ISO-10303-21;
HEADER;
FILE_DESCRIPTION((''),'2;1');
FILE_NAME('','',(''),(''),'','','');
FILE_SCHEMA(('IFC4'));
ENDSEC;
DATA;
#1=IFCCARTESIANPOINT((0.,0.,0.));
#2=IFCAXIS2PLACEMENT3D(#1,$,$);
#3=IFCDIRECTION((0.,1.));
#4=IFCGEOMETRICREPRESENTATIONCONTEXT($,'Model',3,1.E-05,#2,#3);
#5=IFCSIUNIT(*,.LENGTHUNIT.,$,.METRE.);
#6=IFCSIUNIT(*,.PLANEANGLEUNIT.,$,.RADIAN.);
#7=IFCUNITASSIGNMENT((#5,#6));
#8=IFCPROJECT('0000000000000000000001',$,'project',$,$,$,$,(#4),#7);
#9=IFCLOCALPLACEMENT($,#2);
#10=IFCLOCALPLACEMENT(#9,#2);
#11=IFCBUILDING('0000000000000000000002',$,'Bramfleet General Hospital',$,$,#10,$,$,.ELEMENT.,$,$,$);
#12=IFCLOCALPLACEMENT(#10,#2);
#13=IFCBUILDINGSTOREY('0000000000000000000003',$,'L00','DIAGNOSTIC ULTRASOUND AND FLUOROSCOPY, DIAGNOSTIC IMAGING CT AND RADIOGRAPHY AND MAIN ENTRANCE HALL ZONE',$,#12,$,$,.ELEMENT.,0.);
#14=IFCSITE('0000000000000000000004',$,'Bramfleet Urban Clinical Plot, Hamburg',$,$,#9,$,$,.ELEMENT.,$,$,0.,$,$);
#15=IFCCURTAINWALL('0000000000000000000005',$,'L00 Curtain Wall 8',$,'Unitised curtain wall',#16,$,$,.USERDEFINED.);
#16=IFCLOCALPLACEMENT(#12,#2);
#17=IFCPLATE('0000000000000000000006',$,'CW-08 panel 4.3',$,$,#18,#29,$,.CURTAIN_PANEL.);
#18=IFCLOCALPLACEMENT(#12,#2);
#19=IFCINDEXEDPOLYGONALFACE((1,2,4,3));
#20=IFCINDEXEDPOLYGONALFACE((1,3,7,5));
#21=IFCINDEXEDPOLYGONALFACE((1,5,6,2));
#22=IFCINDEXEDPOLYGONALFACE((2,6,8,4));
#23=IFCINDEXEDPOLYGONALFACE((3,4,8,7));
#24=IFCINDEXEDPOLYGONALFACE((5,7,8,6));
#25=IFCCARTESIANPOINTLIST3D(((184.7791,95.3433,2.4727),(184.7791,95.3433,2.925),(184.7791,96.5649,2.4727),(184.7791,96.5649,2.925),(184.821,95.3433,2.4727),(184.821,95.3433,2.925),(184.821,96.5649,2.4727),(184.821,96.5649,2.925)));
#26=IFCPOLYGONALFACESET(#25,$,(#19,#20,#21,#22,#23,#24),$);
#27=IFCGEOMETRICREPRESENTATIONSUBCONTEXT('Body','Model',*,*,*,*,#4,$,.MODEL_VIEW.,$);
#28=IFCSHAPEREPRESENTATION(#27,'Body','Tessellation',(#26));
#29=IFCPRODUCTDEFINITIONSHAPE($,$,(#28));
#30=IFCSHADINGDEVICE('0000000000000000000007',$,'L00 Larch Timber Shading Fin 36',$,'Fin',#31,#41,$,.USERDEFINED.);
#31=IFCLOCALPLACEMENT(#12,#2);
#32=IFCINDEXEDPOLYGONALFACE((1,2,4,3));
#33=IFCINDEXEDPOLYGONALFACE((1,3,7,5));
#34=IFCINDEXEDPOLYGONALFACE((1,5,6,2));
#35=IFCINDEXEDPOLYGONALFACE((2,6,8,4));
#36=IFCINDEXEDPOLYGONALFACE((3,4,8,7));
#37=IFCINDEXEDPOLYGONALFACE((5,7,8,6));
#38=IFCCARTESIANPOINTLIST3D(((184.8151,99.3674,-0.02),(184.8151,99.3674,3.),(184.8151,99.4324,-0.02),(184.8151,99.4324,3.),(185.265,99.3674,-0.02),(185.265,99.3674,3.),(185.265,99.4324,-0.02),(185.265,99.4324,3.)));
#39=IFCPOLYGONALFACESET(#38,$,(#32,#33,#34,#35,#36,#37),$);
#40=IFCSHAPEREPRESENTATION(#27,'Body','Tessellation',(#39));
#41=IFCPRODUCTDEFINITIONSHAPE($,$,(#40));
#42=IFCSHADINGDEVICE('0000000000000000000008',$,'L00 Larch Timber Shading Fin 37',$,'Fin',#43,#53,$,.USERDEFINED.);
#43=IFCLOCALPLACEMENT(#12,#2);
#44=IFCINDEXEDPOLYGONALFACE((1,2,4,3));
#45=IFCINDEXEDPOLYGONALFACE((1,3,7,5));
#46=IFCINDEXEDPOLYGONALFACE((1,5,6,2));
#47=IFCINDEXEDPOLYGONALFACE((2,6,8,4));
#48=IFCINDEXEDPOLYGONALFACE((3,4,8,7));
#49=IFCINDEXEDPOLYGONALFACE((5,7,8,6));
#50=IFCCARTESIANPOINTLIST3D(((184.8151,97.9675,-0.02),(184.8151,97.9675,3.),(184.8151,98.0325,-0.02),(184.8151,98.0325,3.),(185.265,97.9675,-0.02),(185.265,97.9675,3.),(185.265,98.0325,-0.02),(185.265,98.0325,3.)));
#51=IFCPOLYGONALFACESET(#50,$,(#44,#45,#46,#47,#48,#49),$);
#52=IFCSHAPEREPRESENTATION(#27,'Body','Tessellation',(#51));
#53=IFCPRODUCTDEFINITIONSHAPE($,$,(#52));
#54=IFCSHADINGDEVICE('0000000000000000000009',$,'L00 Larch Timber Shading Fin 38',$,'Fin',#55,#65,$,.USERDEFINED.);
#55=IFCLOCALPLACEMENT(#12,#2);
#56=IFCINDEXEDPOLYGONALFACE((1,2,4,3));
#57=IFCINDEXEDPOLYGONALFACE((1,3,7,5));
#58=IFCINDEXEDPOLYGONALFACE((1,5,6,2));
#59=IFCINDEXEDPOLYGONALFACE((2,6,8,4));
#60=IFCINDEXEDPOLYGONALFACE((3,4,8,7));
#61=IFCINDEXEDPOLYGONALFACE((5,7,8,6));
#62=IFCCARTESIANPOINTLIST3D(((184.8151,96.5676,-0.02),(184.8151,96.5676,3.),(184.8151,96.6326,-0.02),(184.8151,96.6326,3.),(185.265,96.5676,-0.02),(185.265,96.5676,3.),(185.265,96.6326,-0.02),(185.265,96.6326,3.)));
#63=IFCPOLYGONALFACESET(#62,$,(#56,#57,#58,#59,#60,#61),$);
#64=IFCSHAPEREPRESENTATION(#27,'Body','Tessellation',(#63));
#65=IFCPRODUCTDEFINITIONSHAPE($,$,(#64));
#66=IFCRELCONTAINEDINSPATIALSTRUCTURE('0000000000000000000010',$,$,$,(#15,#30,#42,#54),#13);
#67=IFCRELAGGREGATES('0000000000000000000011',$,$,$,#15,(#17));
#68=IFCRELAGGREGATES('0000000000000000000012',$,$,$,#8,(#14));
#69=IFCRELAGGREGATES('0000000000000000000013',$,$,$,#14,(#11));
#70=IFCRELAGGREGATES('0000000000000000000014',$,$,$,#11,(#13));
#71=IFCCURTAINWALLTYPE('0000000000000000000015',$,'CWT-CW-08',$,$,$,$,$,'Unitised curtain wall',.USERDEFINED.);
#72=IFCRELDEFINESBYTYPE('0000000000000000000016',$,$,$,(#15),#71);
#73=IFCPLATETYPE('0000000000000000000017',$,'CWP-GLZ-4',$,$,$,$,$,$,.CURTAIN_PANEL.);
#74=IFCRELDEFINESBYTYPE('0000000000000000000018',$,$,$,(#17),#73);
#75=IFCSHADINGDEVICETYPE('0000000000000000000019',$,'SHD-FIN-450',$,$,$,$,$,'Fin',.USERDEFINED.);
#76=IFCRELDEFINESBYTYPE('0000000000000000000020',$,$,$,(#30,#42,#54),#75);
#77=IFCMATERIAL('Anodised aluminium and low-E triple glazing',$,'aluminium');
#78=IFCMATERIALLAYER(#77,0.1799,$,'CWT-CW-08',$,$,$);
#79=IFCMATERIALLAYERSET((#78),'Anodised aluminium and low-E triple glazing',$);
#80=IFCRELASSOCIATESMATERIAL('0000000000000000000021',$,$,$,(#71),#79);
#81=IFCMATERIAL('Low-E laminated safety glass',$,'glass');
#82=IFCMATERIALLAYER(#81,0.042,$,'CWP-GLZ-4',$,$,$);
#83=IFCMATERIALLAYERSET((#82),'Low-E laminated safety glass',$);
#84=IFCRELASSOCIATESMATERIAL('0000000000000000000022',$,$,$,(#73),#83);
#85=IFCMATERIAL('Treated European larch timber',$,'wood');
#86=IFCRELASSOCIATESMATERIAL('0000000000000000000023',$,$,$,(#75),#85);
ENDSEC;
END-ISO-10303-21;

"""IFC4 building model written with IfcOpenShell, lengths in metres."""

from ifc_helpers import new_model, si_unit, direction, frame, origin, origin_2d, place, context, subcontext, project, spatial, rectangle, extrude, material, layer, layer_set, material_profile, profile_set, type_object, element, aggregate, save


model = new_model("IFC4")

# Units and contexts
model_context = context("Model", 3, precision=1e-05, world=origin(), true_north=direction((0.0, 1.0)))
body_context = subcontext(model_context, "Body", "Model", "MODEL_VIEW")
ifc_project = project(units=[si_unit("LENGTHUNIT", "METRE"), si_unit("PLANEANGLEUNIT", "RADIAN")], contexts=[model_context])

# Site, building, storey
site_placement = place(None, origin())
site = spatial("IfcSite", under=ifc_project, at=site_placement, Name="Bramfleet Urban Clinical Plot, Hamburg", CompositionType="ELEMENT", RefElevation=0.0)
building_placement = place(site_placement, origin())
building = spatial("IfcBuilding", under=site, at=building_placement, Name="Bramfleet General Hospital", CompositionType="ELEMENT")
storey_placement = place(building_placement, origin())
storey = spatial("IfcBuildingStorey", under=building, at=storey_placement, Name="L00", Description="DIAGNOSTIC ULTRASOUND AND FLUOROSCOPY, DIAGNOSTIC IMAGING CT AND RADIOGRAPHY AND MAIN ENTRANCE HALL ZONE", CompositionType="ELEMENT", Elevation=0.0)

# Curtain wall, plate
ifc_material_1 = material(Name="Anodised aluminium and low-E triple glazing", Category="aluminium")
ifc_layer_1 = layer(ifc_material_1, 0.1799, Name="CWT-CW-08")
ifc_layer_set_1 = layer_set([ifc_layer_1], Name="Anodised aluminium and low-E triple glazing")
curtain_wall_type = type_object("IfcCurtainWallType", Name="CWT-CW-08", ElementType="Unitised curtain wall", PredefinedType="USERDEFINED", material=ifc_layer_set_1)
curtain_wall_placement = place(storey_placement, origin())
curtain_wall = element("IfcCurtainWall", 1, at=curtain_wall_placement, inside=storey, type_object=curtain_wall_type, Name="L00 Curtain Wall 8", ObjectType="Unitised curtain wall", PredefinedType="USERDEFINED")
ifc_material_2 = material(Name="Low-E laminated safety glass", Category="glass")
ifc_layer_2 = layer(ifc_material_2, 0.042, Name="CWP-GLZ-4")
ifc_layer_set_2 = layer_set([ifc_layer_2], Name="Low-E laminated safety glass")
plate_type = type_object("IfcPlateType", Name="CWP-GLZ-4", PredefinedType="CURTAIN_PANEL", material=ifc_layer_set_2)
plate_1_placement = place(storey_placement, frame((184.8, 95.9541, 2.4727), z_axis=(0.0, 0.0, 1.0), x_axis=(0.0, -1.0, 0.0)))
plate_1 = element("IfcPlate", 2, at=plate_1_placement, type_object=plate_type, Name="CW-08 panel 4.3", PredefinedType="CURTAIN_PANEL", context=body_context, shape_type="SweptSolid", body=[
    extrude(rectangle(XDim=1.2217, YDim=0.042, at=origin_2d()), origin(), (0.0, 0.0, 1.0), 0.4524),
])
aggregate(curtain_wall, [plate_1])

# Shading devices
ifc_material_3 = material(Name="Treated European larch timber", Category="wood")
ifc_material_profile_1 = material_profile(ifc_material_3, rectangle(XDim=0.0649, YDim=0.45, at=origin_2d()), Name="LARCH FIN 450x65")
ifc_profile_set_1 = profile_set([ifc_material_profile_1], Name="Treated European larch timber")
shading_device_type = type_object("IfcShadingDeviceType", Name="SHD-FIN-450", ElementType="Fin", PredefinedType="USERDEFINED", material=ifc_profile_set_1)
for number, where, z_axis, x_axis, name in (
    (3, (185.04, 99.3999, -0.02), (0.0, 0.0, 1.0), (0.0, -1.0, 0.0), "L00 Larch Timber Shading Fin 36"),
    (4, (185.04, 98.0, -0.02), (0.0, 0.0, 1.0), (0.0, -1.0, 0.0), "L00 Larch Timber Shading Fin 37"),
    (5, (185.04, 96.6001, -0.02), (0.0, 0.0, 1.0), (0.0, -1.0, 0.0), "L00 Larch Timber Shading Fin 38"),
):
    element("IfcShadingDevice", number, at=place(storey_placement, frame(where, z_axis=z_axis, x_axis=x_axis)), inside=storey, type_object=shading_device_type, Name=name, ObjectType="Fin", PredefinedType="USERDEFINED", context=body_context, shape_type="SweptSolid", body=[
        extrude(rectangle(XDim=0.0649, YDim=0.45, at=origin_2d()), origin(), (0.0, 0.0, 1.0), 3.02),
    ])

save(model, "model.ifc")
